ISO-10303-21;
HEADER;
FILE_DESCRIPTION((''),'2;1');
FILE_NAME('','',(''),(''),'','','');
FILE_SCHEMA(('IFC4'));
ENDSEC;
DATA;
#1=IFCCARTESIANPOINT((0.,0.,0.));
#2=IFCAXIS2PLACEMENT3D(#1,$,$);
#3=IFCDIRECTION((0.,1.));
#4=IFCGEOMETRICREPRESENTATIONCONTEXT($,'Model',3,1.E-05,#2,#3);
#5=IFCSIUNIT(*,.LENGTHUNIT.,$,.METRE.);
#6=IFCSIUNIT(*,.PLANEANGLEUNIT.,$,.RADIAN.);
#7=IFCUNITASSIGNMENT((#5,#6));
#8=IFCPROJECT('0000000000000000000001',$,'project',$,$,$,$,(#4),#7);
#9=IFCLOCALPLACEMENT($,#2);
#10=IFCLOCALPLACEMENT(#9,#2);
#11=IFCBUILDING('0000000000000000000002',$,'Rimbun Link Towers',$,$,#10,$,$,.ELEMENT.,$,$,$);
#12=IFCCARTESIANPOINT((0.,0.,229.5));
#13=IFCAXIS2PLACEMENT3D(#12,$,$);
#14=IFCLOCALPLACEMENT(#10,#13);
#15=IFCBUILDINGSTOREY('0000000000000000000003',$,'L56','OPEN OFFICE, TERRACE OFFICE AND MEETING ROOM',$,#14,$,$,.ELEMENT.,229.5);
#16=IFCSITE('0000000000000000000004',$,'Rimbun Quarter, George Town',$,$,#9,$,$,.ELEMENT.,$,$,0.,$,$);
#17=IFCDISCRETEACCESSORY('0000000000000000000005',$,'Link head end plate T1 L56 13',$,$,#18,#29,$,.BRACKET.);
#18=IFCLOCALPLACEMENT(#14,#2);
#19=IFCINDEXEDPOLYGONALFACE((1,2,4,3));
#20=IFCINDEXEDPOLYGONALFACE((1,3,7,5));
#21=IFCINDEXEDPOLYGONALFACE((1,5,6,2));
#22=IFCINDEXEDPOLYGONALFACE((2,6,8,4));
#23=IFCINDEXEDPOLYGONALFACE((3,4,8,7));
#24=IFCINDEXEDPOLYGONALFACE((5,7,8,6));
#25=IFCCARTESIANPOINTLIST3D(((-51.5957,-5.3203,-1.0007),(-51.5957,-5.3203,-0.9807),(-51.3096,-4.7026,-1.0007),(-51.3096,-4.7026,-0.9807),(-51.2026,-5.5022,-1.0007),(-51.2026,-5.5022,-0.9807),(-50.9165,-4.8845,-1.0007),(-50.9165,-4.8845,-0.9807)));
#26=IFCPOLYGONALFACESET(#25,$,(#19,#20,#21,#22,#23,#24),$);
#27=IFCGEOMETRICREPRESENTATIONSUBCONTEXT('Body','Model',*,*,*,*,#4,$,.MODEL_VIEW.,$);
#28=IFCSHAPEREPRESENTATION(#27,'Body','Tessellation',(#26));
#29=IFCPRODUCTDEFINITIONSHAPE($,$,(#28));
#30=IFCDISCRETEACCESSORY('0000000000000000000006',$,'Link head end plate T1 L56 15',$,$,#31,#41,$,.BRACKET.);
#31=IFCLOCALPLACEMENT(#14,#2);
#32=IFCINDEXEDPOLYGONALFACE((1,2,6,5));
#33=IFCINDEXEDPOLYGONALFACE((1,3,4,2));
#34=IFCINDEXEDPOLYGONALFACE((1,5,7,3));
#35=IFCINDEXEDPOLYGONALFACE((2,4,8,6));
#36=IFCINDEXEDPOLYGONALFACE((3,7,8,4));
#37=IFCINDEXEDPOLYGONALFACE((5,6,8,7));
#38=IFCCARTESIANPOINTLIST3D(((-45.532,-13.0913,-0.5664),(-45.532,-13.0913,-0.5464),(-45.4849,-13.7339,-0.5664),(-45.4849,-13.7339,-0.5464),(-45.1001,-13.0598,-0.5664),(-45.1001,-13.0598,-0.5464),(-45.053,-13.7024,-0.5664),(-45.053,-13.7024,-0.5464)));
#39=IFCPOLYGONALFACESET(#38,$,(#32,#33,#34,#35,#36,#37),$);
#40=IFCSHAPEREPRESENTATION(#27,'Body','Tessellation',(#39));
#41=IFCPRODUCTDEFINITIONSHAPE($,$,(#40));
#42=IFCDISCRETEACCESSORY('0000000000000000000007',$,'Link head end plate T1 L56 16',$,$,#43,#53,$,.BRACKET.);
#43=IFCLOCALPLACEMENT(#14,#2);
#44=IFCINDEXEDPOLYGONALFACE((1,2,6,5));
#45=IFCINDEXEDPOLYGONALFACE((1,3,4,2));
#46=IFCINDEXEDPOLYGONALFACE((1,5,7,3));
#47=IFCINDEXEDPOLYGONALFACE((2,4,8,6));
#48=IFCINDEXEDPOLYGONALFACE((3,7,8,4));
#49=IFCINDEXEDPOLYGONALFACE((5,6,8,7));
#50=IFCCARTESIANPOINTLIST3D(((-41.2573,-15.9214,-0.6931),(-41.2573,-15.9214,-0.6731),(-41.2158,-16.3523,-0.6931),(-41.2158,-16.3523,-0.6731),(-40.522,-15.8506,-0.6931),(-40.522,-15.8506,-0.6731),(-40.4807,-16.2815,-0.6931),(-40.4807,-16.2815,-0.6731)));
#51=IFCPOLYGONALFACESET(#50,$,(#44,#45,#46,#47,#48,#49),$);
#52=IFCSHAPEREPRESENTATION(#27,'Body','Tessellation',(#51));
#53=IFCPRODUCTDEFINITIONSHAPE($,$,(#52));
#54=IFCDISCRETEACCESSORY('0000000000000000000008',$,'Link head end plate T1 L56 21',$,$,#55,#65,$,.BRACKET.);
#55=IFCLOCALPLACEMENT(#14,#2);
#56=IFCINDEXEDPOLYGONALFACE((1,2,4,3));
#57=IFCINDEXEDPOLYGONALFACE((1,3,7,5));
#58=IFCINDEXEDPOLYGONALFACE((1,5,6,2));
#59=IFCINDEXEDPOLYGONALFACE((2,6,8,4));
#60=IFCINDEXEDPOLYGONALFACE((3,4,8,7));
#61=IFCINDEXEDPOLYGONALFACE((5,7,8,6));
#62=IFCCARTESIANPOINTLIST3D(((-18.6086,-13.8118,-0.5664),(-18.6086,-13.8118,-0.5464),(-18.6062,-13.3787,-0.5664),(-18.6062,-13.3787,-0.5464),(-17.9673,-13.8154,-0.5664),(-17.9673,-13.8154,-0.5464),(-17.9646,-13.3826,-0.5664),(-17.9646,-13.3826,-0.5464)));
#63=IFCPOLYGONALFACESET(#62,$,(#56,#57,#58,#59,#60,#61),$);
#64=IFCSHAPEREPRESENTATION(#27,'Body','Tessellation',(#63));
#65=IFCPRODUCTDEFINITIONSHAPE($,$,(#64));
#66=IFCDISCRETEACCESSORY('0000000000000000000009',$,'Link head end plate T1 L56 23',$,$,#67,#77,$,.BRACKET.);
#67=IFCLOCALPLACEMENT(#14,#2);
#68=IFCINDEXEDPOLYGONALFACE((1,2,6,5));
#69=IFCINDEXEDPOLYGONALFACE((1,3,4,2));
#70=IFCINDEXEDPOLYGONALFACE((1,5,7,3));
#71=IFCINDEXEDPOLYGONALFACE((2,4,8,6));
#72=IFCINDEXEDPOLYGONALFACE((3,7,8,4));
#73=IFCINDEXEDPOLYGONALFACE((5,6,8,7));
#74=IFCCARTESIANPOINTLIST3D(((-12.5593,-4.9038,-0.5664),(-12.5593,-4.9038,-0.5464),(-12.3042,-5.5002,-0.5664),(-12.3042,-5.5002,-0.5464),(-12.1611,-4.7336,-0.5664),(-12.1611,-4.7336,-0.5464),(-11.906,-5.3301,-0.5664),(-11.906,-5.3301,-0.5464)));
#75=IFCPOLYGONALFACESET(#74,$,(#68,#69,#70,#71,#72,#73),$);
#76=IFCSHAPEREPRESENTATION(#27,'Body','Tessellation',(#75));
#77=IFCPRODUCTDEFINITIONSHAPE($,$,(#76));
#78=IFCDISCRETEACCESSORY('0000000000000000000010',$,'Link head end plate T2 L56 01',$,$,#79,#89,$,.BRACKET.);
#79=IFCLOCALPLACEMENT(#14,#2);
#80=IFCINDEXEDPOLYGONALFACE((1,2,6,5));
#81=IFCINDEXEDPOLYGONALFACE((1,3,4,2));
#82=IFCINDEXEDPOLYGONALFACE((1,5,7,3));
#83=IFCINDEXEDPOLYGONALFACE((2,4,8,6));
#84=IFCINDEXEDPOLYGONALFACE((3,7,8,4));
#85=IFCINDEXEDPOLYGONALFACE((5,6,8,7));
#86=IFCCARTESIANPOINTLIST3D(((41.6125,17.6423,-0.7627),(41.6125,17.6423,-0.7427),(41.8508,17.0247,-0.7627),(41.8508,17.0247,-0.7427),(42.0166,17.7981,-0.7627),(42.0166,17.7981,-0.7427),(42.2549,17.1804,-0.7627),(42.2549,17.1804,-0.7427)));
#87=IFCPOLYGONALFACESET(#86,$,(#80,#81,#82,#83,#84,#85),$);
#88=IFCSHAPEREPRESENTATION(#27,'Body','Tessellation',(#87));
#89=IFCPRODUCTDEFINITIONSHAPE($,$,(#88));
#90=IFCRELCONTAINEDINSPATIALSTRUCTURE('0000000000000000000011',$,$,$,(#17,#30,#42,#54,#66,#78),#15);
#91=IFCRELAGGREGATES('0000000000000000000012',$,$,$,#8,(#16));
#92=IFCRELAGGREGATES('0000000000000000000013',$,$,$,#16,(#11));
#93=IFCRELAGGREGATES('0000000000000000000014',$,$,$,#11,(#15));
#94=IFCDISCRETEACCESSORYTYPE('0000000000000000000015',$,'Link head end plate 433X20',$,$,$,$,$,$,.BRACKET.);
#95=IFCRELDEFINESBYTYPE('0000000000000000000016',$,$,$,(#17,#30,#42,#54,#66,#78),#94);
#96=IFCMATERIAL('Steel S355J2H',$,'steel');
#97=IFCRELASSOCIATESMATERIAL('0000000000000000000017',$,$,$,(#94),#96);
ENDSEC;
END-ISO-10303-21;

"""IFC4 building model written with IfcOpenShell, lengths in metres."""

from ifc_helpers import new_model, si_unit, direction, frame, origin, origin_2d, place, context, subcontext, project, spatial, polyline, rectangle, outline, extrude, material, material_profile, profile_set, type_object, element, save


model = new_model("IFC4")

# Units and contexts
model_context = context("Model", 3, precision=1e-05, world=origin(), true_north=direction((0.0, 1.0)))
body_context = subcontext(model_context, "Body", "Model", "MODEL_VIEW")
ifc_project = project(units=[si_unit("LENGTHUNIT", "METRE"), si_unit("PLANEANGLEUNIT", "RADIAN")], contexts=[model_context])

# Site, building, storey
site_placement = place(None, origin())
site = spatial("IfcSite", under=ifc_project, at=site_placement, Name="Rimbun Quarter, George Town", CompositionType="ELEMENT", RefElevation=0.0)
building_placement = place(site_placement, origin())
building = spatial("IfcBuilding", under=site, at=building_placement, Name="Rimbun Link Towers", CompositionType="ELEMENT")
storey_placement = place(building_placement, frame((0.0, 0.0, 229.5)))
storey = spatial("IfcBuildingStorey", under=building, at=storey_placement, Name="L56", Description="OPEN OFFICE, TERRACE OFFICE AND MEETING ROOM", CompositionType="ELEMENT", Elevation=229.5)

# Discrete accessories
ifc_material_1 = material(Name="Steel S355J2H", Category="steel")
ifc_material_profile_1 = material_profile(ifc_material_1, rectangle(XDim=0.4331, YDim=0.4331, at=origin_2d()), Name="PL 433x433")
ifc_profile_set_1 = profile_set([ifc_material_profile_1], Name="Steel S355J2H")
discrete_accessory_type_1 = type_object("IfcDiscreteAccessoryType", Name="Link head end plate 433X20", PredefinedType="BRACKET", material=ifc_profile_set_1)
discrete_accessory_1_placement = place(storey_placement, frame((0.0, 0.0, -1.0007)))
element("IfcDiscreteAccessory", 1, at=discrete_accessory_1_placement, inside=storey, type_object=discrete_accessory_type_1, Name="Link head end plate T1 L56 13", PredefinedType="BRACKET", context=body_context, shape_type="SweptSolid", body=[
    extrude(outline(polyline([(-51.3096, -4.7026), (-51.5957, -5.3203), (-51.2026, -5.5022), (-50.9165, -4.8845), (-51.3096, -4.7026)])), origin(), (0.0, 0.0, 1.0), 0.02),
])
discrete_accessory_2_placement = place(storey_placement, frame((0.0, 0.0, -0.5664)))
element("IfcDiscreteAccessory", 2, at=discrete_accessory_2_placement, inside=storey, type_object=discrete_accessory_type_1, Name="Link head end plate T1 L56 15", PredefinedType="BRACKET", context=body_context, shape_type="SweptSolid", body=[
    extrude(outline(polyline([(-45.532, -13.0913), (-45.4849, -13.7339), (-45.053, -13.7024), (-45.1001, -13.0598), (-45.532, -13.0913)])), origin(), (0.0, 0.0, 1.0), 0.02),
])
discrete_accessory_3_placement = place(storey_placement, frame((0.0, 0.0, -0.6931)))
element("IfcDiscreteAccessory", 3, at=discrete_accessory_3_placement, inside=storey, type_object=discrete_accessory_type_1, Name="Link head end plate T1 L56 16", PredefinedType="BRACKET", context=body_context, shape_type="SweptSolid", body=[
    extrude(outline(polyline([(-40.522, -15.8506), (-41.2573, -15.9214), (-41.2158, -16.3523), (-40.4807, -16.2815), (-40.522, -15.8506)])), origin(), (0.0, 0.0, 1.0), 0.02),
])
discrete_accessory_4_placement = place(storey_placement, frame((0.0, 0.0, -0.5664)))
element("IfcDiscreteAccessory", 4, at=discrete_accessory_4_placement, inside=storey, type_object=discrete_accessory_type_1, Name="Link head end plate T1 L56 21", PredefinedType="BRACKET", context=body_context, shape_type="SweptSolid", body=[
    extrude(outline(polyline([(-18.6086, -13.8118), (-17.9673, -13.8154), (-17.9646, -13.3826), (-18.6062, -13.3787), (-18.6086, -13.8118)])), origin(), (0.0, 0.0, 1.0), 0.02),
])
discrete_accessory_5_placement = place(storey_placement, frame((0.0, 0.0, -0.5664)))
element("IfcDiscreteAccessory", 5, at=discrete_accessory_5_placement, inside=storey, type_object=discrete_accessory_type_1, Name="Link head end plate T1 L56 23", PredefinedType="BRACKET", context=body_context, shape_type="SweptSolid", body=[
    extrude(outline(polyline([(-12.5593, -4.9038), (-12.3042, -5.5002), (-11.906, -5.3301), (-12.1611, -4.7336), (-12.5593, -4.9038)])), origin(), (0.0, 0.0, 1.0), 0.02),
])
discrete_accessory_6_placement = place(storey_placement, frame((0.0, 0.0, -0.7627)))
element("IfcDiscreteAccessory", 6, at=discrete_accessory_6_placement, inside=storey, type_object=discrete_accessory_type_1, Name="Link head end plate T2 L56 01", PredefinedType="BRACKET", context=body_context, shape_type="SweptSolid", body=[
    extrude(outline(polyline([(42.2549, 17.1804), (42.0166, 17.7981), (41.6125, 17.6423), (41.8508, 17.0247), (42.2549, 17.1804)])), origin(), (0.0, 0.0, 1.0), 0.02),
])

save(model, "model.ifc")
